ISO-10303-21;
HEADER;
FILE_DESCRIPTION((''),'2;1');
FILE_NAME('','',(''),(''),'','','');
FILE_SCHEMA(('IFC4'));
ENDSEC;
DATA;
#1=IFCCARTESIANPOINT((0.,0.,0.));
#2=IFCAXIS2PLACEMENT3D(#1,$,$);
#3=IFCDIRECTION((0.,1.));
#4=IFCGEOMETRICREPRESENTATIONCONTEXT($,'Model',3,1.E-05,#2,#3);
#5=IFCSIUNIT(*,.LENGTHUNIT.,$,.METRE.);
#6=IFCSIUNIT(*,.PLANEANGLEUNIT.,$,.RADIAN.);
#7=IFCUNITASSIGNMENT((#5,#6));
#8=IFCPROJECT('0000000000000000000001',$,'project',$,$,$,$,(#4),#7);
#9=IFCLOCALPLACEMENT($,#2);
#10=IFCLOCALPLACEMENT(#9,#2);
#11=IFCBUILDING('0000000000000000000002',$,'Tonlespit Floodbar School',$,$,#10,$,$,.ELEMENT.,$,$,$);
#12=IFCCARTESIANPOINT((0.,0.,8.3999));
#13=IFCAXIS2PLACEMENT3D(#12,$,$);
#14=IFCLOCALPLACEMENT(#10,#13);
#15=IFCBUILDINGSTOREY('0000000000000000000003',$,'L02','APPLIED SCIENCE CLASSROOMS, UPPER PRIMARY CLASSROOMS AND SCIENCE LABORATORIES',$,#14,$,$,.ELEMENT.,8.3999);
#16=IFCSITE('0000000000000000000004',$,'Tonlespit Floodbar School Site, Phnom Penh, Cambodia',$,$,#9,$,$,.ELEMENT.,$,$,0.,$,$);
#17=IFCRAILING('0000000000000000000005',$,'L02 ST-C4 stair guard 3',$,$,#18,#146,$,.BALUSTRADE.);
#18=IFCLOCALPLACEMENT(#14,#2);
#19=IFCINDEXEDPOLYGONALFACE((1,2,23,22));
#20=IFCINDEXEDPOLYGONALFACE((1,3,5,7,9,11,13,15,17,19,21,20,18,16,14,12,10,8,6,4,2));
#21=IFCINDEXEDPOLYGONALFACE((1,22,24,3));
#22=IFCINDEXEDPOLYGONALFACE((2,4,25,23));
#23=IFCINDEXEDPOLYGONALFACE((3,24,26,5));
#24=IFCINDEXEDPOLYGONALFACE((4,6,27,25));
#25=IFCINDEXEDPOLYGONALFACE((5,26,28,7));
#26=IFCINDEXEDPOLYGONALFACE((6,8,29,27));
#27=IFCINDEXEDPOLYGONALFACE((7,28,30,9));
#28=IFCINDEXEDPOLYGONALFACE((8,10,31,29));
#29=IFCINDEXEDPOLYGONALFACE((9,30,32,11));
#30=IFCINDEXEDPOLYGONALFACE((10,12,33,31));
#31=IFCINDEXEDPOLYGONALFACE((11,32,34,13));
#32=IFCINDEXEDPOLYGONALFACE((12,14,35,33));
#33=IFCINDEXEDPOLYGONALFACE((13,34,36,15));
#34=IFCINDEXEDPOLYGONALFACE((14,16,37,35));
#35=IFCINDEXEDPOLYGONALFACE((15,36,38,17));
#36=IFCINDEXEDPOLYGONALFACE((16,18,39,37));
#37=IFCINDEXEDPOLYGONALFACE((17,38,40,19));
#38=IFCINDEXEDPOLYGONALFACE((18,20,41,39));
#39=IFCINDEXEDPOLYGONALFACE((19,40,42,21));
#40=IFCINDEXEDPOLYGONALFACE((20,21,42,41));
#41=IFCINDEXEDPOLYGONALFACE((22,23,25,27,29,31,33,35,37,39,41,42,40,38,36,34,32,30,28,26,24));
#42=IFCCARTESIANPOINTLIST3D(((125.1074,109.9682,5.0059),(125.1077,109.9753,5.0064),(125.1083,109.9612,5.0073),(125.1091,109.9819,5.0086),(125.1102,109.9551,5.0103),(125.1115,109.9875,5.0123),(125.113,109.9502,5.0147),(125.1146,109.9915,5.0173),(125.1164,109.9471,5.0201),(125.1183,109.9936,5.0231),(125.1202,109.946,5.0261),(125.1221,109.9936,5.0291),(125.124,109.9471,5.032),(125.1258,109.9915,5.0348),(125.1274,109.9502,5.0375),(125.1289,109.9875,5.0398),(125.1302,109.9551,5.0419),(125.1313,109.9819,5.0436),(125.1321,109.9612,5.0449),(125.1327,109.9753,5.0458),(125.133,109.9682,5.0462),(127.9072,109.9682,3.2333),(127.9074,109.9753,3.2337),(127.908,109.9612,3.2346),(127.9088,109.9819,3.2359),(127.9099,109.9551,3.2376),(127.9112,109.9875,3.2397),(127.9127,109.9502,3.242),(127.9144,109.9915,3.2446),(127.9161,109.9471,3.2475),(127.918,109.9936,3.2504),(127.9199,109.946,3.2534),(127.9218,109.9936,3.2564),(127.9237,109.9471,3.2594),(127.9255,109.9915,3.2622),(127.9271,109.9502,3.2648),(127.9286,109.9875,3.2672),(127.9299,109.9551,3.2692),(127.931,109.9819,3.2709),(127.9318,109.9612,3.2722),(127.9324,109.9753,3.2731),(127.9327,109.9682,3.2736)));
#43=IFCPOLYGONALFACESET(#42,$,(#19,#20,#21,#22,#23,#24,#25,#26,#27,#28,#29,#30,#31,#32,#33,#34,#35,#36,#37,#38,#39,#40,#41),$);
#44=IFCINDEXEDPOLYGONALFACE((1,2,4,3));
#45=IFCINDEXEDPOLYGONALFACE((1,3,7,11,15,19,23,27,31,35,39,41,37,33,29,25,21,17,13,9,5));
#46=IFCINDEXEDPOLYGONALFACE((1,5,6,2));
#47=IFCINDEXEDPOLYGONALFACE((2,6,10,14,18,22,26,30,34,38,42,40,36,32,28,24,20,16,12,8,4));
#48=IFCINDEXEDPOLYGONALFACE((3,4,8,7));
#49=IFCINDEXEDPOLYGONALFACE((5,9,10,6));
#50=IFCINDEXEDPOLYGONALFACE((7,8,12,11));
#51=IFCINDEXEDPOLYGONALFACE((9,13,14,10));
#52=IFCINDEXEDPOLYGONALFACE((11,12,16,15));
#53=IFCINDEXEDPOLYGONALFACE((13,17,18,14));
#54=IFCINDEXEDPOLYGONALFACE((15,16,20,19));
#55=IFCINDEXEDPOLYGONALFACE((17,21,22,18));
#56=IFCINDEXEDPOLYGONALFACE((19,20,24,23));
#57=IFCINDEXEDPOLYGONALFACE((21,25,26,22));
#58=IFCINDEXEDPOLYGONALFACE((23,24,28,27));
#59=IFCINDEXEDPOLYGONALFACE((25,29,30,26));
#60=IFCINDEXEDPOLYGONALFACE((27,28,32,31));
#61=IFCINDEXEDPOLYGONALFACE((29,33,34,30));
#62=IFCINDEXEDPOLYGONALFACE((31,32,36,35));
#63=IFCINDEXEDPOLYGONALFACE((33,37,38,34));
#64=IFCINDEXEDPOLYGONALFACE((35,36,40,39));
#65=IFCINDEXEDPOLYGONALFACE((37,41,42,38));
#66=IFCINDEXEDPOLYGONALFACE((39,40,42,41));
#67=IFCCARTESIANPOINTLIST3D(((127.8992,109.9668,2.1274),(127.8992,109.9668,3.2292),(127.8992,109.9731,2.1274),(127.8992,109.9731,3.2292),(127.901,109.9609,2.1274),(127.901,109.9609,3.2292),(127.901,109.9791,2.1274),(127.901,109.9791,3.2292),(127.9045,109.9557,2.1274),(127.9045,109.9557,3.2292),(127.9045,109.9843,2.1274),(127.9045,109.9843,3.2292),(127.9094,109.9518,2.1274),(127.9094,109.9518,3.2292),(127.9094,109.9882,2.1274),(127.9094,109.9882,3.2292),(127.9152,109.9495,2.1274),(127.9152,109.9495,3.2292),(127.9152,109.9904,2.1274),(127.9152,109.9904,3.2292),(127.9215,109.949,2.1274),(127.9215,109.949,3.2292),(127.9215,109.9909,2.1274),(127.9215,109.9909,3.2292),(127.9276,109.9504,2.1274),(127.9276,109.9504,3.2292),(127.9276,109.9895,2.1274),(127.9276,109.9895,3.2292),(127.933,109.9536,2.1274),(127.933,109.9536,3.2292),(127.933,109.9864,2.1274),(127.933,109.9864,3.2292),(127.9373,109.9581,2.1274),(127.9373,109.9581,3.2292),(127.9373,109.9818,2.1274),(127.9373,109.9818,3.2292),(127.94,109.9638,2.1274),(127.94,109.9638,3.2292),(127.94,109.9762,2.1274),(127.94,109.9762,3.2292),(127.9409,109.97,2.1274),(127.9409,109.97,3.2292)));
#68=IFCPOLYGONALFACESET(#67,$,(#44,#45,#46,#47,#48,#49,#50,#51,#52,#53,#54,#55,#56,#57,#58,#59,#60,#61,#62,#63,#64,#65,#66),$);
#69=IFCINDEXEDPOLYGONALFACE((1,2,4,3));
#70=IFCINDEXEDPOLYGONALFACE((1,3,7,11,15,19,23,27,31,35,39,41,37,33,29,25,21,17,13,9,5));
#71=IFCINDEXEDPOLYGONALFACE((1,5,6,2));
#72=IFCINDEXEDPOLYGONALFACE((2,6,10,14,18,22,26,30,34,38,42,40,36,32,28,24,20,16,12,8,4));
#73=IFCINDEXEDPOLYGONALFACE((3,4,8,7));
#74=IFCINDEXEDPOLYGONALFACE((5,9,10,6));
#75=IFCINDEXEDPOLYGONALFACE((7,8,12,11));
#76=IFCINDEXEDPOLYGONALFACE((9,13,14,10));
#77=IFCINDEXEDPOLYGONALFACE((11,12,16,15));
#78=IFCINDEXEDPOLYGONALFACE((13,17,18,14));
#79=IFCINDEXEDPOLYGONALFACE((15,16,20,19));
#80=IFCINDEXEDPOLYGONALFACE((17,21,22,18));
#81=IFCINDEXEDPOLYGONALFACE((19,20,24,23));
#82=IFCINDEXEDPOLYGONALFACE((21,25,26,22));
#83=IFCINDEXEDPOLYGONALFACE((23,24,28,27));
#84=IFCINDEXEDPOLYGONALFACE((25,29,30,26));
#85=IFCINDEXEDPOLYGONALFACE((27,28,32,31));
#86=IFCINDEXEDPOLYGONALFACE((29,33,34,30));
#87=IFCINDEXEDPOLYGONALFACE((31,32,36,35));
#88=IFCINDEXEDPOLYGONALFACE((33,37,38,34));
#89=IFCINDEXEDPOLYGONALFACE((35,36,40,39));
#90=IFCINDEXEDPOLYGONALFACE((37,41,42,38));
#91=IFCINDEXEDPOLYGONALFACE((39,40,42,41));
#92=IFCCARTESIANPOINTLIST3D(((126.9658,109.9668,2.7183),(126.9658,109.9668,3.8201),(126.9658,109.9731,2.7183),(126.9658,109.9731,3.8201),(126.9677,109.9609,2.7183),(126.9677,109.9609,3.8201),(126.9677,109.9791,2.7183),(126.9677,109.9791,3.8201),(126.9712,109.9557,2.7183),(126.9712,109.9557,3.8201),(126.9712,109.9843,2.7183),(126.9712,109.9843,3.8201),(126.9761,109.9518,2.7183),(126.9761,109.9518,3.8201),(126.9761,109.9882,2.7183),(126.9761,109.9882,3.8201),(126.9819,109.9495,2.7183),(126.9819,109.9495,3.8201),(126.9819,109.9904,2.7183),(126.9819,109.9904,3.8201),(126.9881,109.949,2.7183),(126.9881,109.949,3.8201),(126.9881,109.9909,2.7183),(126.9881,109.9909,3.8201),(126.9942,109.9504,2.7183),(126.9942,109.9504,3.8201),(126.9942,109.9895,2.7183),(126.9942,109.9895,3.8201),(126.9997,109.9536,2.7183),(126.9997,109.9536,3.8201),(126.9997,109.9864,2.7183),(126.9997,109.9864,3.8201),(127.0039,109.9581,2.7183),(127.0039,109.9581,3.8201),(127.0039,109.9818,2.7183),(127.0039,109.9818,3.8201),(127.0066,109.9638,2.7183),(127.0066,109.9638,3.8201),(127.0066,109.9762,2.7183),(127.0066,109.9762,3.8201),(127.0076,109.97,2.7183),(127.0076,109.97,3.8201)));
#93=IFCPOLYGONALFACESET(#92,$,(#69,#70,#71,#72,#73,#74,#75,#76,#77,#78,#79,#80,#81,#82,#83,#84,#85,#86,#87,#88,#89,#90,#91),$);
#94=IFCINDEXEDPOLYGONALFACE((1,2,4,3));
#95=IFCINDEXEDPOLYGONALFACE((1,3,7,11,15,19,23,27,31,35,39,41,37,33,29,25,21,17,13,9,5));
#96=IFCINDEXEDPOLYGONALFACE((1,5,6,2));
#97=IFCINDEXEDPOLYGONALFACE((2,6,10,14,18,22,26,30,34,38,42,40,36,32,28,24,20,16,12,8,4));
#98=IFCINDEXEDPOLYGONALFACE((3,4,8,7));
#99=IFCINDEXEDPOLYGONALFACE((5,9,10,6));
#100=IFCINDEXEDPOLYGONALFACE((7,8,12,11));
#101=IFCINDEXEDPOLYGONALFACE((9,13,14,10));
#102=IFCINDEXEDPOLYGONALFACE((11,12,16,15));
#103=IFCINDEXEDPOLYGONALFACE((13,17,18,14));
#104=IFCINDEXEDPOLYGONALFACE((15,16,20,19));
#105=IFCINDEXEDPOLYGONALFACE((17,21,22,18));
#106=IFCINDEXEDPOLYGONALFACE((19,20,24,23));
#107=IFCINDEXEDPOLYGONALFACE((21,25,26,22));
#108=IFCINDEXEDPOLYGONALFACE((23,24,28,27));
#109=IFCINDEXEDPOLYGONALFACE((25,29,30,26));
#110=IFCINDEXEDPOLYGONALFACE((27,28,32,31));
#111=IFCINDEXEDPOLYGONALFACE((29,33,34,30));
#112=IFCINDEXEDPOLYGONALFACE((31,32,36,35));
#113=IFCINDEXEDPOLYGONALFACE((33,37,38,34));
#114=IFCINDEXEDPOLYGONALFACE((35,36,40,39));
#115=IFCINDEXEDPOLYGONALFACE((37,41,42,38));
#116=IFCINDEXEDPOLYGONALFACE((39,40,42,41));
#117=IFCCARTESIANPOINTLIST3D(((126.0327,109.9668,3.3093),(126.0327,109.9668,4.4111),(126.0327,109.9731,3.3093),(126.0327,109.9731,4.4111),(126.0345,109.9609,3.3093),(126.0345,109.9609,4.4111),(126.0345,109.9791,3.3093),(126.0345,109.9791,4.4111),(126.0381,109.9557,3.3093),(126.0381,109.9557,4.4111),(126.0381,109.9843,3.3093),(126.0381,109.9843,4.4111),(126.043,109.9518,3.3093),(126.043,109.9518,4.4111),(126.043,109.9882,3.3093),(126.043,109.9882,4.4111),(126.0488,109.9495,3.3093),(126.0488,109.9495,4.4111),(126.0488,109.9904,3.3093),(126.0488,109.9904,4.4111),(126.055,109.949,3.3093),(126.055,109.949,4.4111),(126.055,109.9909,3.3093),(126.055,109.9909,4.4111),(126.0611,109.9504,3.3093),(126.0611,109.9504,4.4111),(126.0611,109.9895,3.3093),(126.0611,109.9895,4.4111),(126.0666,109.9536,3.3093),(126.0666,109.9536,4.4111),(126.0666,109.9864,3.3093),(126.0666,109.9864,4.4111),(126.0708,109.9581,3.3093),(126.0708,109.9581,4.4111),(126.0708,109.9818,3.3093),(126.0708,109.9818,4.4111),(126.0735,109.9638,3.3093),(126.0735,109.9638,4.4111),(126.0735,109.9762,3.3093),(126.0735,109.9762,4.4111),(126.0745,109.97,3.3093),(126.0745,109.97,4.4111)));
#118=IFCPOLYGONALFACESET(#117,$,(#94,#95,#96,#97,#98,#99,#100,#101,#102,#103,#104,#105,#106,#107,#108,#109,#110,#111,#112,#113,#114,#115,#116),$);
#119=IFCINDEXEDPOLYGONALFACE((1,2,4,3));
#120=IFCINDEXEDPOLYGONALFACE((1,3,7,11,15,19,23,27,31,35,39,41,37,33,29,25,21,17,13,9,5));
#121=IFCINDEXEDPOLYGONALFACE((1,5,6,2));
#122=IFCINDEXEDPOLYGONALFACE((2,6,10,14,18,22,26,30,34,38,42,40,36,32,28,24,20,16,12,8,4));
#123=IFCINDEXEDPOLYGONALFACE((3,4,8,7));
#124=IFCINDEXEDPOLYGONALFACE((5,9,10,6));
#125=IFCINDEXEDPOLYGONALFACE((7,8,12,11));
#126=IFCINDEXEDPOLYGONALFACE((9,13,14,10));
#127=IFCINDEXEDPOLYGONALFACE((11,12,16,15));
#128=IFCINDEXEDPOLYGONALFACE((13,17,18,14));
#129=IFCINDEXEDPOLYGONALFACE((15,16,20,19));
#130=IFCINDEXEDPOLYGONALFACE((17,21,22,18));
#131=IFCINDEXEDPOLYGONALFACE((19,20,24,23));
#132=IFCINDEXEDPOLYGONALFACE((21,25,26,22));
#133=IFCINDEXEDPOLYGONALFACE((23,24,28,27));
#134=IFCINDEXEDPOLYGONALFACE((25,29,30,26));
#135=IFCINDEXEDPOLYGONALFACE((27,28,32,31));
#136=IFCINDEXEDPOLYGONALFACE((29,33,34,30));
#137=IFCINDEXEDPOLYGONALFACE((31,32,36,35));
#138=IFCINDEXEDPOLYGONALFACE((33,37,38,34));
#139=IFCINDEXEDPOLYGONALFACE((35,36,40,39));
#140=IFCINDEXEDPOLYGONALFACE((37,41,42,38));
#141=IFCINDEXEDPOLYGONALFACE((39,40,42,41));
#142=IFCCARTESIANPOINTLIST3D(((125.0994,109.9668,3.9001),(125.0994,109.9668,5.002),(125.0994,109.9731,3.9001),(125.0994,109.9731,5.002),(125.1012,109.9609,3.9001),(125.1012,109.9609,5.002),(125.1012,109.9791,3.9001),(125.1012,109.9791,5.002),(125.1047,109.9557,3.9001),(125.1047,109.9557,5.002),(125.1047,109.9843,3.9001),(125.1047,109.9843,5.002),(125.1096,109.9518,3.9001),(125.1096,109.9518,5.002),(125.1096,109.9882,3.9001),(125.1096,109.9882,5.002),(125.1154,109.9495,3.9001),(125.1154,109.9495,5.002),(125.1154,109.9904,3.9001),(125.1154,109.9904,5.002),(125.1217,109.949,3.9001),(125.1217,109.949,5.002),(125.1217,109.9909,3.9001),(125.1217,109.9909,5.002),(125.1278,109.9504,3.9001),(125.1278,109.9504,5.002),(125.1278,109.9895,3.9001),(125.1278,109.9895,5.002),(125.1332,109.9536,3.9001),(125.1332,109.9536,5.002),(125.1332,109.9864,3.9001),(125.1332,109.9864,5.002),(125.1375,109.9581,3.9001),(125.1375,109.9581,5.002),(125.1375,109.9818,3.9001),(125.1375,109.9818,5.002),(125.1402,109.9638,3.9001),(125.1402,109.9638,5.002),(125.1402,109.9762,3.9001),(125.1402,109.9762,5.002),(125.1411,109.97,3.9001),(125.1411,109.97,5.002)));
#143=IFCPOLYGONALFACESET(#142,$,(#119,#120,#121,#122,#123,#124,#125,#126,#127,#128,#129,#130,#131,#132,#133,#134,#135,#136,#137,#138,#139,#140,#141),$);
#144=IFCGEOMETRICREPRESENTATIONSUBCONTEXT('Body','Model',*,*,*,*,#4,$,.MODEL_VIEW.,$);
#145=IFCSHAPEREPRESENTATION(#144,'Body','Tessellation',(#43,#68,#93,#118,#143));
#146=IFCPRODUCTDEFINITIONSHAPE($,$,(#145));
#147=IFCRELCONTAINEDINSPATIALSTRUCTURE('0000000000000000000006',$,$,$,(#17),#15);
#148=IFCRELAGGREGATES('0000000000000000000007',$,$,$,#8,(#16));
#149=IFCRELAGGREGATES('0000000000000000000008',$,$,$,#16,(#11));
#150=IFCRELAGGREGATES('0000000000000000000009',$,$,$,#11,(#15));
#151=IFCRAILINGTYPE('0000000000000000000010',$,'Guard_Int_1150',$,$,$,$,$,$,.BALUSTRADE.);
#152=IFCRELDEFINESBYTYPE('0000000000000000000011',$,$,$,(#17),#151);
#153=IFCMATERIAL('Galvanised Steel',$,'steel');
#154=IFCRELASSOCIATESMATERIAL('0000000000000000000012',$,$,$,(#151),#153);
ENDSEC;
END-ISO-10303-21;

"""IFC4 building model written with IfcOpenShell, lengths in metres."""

from ifc_helpers import new_model, si_unit, direction, frame, origin, origin_2d, place, context, subcontext, project, spatial, circle, extrude, material, type_object, element, save


model = new_model("IFC4")

# Units and contexts
model_context = context("Model", 3, precision=1e-05, world=origin(), true_north=direction((0.0, 1.0)))
body_context = subcontext(model_context, "Body", "Model", "MODEL_VIEW")
ifc_project = project(units=[si_unit("LENGTHUNIT", "METRE"), si_unit("PLANEANGLEUNIT", "RADIAN")], contexts=[model_context])

# Site, building, storey
site_placement = place(None, origin())
site = spatial("IfcSite", under=ifc_project, at=site_placement, Name="Tonlespit Floodbar School Site, Phnom Penh, Cambodia", CompositionType="ELEMENT", RefElevation=0.0)
building_placement = place(site_placement, origin())
building = spatial("IfcBuilding", under=site, at=building_placement, Name="Tonlespit Floodbar School", CompositionType="ELEMENT")
storey_placement = place(building_placement, frame((0.0, 0.0, 8.3999)))
storey = spatial("IfcBuildingStorey", under=building, at=storey_placement, Name="L02", Description="APPLIED SCIENCE CLASSROOMS, UPPER PRIMARY CLASSROOMS AND SCIENCE LABORATORIES", CompositionType="ELEMENT", Elevation=8.3999)

# Railing
ifc_material_1 = material(Name="Galvanised Steel", Category="steel")
railing_type_1 = type_object("IfcRailingType", Name="Guard_Int_1150", PredefinedType="BALUSTRADE", material=ifc_material_1)
railing_1_placement = place(storey_placement, frame((127.9199, 109.97, 2.1274)))
element("IfcRailing", 1, at=railing_1_placement, inside=storey, type_object=railing_type_1, Name="L02 ST-C4 stair guard 3", PredefinedType="BALUSTRADE", context=body_context, shape_type="SweptSolid", body=[
    extrude(circle(Radius=0.0239, at=origin_2d()), frame((0.0, 0.0, 1.126), z_axis=(-0.844888, 0.0, 0.534943), x_axis=(0.0, -1.0, 0.0)), (0.0, 0.0, 1.0), 3.3137),
    extrude(circle(Radius=0.021, at=origin_2d()), origin(), (0.0, 0.0, 1.0), 1.1018),
    extrude(circle(Radius=0.021, at=origin_2d()), frame((-0.9333, 0.0, 0.5908)), (0.0, 0.0, 1.0), 1.1018),
    extrude(circle(Radius=0.021, at=origin_2d()), frame((-1.8665, 0.0, 1.1819)), (0.0, 0.0, 1.0), 1.1018),
    extrude(circle(Radius=0.021, at=origin_2d()), frame((-2.7998, 0.0, 1.7727)), (0.0, 0.0, 1.0), 1.1018),
])

save(model, "model.ifc")
